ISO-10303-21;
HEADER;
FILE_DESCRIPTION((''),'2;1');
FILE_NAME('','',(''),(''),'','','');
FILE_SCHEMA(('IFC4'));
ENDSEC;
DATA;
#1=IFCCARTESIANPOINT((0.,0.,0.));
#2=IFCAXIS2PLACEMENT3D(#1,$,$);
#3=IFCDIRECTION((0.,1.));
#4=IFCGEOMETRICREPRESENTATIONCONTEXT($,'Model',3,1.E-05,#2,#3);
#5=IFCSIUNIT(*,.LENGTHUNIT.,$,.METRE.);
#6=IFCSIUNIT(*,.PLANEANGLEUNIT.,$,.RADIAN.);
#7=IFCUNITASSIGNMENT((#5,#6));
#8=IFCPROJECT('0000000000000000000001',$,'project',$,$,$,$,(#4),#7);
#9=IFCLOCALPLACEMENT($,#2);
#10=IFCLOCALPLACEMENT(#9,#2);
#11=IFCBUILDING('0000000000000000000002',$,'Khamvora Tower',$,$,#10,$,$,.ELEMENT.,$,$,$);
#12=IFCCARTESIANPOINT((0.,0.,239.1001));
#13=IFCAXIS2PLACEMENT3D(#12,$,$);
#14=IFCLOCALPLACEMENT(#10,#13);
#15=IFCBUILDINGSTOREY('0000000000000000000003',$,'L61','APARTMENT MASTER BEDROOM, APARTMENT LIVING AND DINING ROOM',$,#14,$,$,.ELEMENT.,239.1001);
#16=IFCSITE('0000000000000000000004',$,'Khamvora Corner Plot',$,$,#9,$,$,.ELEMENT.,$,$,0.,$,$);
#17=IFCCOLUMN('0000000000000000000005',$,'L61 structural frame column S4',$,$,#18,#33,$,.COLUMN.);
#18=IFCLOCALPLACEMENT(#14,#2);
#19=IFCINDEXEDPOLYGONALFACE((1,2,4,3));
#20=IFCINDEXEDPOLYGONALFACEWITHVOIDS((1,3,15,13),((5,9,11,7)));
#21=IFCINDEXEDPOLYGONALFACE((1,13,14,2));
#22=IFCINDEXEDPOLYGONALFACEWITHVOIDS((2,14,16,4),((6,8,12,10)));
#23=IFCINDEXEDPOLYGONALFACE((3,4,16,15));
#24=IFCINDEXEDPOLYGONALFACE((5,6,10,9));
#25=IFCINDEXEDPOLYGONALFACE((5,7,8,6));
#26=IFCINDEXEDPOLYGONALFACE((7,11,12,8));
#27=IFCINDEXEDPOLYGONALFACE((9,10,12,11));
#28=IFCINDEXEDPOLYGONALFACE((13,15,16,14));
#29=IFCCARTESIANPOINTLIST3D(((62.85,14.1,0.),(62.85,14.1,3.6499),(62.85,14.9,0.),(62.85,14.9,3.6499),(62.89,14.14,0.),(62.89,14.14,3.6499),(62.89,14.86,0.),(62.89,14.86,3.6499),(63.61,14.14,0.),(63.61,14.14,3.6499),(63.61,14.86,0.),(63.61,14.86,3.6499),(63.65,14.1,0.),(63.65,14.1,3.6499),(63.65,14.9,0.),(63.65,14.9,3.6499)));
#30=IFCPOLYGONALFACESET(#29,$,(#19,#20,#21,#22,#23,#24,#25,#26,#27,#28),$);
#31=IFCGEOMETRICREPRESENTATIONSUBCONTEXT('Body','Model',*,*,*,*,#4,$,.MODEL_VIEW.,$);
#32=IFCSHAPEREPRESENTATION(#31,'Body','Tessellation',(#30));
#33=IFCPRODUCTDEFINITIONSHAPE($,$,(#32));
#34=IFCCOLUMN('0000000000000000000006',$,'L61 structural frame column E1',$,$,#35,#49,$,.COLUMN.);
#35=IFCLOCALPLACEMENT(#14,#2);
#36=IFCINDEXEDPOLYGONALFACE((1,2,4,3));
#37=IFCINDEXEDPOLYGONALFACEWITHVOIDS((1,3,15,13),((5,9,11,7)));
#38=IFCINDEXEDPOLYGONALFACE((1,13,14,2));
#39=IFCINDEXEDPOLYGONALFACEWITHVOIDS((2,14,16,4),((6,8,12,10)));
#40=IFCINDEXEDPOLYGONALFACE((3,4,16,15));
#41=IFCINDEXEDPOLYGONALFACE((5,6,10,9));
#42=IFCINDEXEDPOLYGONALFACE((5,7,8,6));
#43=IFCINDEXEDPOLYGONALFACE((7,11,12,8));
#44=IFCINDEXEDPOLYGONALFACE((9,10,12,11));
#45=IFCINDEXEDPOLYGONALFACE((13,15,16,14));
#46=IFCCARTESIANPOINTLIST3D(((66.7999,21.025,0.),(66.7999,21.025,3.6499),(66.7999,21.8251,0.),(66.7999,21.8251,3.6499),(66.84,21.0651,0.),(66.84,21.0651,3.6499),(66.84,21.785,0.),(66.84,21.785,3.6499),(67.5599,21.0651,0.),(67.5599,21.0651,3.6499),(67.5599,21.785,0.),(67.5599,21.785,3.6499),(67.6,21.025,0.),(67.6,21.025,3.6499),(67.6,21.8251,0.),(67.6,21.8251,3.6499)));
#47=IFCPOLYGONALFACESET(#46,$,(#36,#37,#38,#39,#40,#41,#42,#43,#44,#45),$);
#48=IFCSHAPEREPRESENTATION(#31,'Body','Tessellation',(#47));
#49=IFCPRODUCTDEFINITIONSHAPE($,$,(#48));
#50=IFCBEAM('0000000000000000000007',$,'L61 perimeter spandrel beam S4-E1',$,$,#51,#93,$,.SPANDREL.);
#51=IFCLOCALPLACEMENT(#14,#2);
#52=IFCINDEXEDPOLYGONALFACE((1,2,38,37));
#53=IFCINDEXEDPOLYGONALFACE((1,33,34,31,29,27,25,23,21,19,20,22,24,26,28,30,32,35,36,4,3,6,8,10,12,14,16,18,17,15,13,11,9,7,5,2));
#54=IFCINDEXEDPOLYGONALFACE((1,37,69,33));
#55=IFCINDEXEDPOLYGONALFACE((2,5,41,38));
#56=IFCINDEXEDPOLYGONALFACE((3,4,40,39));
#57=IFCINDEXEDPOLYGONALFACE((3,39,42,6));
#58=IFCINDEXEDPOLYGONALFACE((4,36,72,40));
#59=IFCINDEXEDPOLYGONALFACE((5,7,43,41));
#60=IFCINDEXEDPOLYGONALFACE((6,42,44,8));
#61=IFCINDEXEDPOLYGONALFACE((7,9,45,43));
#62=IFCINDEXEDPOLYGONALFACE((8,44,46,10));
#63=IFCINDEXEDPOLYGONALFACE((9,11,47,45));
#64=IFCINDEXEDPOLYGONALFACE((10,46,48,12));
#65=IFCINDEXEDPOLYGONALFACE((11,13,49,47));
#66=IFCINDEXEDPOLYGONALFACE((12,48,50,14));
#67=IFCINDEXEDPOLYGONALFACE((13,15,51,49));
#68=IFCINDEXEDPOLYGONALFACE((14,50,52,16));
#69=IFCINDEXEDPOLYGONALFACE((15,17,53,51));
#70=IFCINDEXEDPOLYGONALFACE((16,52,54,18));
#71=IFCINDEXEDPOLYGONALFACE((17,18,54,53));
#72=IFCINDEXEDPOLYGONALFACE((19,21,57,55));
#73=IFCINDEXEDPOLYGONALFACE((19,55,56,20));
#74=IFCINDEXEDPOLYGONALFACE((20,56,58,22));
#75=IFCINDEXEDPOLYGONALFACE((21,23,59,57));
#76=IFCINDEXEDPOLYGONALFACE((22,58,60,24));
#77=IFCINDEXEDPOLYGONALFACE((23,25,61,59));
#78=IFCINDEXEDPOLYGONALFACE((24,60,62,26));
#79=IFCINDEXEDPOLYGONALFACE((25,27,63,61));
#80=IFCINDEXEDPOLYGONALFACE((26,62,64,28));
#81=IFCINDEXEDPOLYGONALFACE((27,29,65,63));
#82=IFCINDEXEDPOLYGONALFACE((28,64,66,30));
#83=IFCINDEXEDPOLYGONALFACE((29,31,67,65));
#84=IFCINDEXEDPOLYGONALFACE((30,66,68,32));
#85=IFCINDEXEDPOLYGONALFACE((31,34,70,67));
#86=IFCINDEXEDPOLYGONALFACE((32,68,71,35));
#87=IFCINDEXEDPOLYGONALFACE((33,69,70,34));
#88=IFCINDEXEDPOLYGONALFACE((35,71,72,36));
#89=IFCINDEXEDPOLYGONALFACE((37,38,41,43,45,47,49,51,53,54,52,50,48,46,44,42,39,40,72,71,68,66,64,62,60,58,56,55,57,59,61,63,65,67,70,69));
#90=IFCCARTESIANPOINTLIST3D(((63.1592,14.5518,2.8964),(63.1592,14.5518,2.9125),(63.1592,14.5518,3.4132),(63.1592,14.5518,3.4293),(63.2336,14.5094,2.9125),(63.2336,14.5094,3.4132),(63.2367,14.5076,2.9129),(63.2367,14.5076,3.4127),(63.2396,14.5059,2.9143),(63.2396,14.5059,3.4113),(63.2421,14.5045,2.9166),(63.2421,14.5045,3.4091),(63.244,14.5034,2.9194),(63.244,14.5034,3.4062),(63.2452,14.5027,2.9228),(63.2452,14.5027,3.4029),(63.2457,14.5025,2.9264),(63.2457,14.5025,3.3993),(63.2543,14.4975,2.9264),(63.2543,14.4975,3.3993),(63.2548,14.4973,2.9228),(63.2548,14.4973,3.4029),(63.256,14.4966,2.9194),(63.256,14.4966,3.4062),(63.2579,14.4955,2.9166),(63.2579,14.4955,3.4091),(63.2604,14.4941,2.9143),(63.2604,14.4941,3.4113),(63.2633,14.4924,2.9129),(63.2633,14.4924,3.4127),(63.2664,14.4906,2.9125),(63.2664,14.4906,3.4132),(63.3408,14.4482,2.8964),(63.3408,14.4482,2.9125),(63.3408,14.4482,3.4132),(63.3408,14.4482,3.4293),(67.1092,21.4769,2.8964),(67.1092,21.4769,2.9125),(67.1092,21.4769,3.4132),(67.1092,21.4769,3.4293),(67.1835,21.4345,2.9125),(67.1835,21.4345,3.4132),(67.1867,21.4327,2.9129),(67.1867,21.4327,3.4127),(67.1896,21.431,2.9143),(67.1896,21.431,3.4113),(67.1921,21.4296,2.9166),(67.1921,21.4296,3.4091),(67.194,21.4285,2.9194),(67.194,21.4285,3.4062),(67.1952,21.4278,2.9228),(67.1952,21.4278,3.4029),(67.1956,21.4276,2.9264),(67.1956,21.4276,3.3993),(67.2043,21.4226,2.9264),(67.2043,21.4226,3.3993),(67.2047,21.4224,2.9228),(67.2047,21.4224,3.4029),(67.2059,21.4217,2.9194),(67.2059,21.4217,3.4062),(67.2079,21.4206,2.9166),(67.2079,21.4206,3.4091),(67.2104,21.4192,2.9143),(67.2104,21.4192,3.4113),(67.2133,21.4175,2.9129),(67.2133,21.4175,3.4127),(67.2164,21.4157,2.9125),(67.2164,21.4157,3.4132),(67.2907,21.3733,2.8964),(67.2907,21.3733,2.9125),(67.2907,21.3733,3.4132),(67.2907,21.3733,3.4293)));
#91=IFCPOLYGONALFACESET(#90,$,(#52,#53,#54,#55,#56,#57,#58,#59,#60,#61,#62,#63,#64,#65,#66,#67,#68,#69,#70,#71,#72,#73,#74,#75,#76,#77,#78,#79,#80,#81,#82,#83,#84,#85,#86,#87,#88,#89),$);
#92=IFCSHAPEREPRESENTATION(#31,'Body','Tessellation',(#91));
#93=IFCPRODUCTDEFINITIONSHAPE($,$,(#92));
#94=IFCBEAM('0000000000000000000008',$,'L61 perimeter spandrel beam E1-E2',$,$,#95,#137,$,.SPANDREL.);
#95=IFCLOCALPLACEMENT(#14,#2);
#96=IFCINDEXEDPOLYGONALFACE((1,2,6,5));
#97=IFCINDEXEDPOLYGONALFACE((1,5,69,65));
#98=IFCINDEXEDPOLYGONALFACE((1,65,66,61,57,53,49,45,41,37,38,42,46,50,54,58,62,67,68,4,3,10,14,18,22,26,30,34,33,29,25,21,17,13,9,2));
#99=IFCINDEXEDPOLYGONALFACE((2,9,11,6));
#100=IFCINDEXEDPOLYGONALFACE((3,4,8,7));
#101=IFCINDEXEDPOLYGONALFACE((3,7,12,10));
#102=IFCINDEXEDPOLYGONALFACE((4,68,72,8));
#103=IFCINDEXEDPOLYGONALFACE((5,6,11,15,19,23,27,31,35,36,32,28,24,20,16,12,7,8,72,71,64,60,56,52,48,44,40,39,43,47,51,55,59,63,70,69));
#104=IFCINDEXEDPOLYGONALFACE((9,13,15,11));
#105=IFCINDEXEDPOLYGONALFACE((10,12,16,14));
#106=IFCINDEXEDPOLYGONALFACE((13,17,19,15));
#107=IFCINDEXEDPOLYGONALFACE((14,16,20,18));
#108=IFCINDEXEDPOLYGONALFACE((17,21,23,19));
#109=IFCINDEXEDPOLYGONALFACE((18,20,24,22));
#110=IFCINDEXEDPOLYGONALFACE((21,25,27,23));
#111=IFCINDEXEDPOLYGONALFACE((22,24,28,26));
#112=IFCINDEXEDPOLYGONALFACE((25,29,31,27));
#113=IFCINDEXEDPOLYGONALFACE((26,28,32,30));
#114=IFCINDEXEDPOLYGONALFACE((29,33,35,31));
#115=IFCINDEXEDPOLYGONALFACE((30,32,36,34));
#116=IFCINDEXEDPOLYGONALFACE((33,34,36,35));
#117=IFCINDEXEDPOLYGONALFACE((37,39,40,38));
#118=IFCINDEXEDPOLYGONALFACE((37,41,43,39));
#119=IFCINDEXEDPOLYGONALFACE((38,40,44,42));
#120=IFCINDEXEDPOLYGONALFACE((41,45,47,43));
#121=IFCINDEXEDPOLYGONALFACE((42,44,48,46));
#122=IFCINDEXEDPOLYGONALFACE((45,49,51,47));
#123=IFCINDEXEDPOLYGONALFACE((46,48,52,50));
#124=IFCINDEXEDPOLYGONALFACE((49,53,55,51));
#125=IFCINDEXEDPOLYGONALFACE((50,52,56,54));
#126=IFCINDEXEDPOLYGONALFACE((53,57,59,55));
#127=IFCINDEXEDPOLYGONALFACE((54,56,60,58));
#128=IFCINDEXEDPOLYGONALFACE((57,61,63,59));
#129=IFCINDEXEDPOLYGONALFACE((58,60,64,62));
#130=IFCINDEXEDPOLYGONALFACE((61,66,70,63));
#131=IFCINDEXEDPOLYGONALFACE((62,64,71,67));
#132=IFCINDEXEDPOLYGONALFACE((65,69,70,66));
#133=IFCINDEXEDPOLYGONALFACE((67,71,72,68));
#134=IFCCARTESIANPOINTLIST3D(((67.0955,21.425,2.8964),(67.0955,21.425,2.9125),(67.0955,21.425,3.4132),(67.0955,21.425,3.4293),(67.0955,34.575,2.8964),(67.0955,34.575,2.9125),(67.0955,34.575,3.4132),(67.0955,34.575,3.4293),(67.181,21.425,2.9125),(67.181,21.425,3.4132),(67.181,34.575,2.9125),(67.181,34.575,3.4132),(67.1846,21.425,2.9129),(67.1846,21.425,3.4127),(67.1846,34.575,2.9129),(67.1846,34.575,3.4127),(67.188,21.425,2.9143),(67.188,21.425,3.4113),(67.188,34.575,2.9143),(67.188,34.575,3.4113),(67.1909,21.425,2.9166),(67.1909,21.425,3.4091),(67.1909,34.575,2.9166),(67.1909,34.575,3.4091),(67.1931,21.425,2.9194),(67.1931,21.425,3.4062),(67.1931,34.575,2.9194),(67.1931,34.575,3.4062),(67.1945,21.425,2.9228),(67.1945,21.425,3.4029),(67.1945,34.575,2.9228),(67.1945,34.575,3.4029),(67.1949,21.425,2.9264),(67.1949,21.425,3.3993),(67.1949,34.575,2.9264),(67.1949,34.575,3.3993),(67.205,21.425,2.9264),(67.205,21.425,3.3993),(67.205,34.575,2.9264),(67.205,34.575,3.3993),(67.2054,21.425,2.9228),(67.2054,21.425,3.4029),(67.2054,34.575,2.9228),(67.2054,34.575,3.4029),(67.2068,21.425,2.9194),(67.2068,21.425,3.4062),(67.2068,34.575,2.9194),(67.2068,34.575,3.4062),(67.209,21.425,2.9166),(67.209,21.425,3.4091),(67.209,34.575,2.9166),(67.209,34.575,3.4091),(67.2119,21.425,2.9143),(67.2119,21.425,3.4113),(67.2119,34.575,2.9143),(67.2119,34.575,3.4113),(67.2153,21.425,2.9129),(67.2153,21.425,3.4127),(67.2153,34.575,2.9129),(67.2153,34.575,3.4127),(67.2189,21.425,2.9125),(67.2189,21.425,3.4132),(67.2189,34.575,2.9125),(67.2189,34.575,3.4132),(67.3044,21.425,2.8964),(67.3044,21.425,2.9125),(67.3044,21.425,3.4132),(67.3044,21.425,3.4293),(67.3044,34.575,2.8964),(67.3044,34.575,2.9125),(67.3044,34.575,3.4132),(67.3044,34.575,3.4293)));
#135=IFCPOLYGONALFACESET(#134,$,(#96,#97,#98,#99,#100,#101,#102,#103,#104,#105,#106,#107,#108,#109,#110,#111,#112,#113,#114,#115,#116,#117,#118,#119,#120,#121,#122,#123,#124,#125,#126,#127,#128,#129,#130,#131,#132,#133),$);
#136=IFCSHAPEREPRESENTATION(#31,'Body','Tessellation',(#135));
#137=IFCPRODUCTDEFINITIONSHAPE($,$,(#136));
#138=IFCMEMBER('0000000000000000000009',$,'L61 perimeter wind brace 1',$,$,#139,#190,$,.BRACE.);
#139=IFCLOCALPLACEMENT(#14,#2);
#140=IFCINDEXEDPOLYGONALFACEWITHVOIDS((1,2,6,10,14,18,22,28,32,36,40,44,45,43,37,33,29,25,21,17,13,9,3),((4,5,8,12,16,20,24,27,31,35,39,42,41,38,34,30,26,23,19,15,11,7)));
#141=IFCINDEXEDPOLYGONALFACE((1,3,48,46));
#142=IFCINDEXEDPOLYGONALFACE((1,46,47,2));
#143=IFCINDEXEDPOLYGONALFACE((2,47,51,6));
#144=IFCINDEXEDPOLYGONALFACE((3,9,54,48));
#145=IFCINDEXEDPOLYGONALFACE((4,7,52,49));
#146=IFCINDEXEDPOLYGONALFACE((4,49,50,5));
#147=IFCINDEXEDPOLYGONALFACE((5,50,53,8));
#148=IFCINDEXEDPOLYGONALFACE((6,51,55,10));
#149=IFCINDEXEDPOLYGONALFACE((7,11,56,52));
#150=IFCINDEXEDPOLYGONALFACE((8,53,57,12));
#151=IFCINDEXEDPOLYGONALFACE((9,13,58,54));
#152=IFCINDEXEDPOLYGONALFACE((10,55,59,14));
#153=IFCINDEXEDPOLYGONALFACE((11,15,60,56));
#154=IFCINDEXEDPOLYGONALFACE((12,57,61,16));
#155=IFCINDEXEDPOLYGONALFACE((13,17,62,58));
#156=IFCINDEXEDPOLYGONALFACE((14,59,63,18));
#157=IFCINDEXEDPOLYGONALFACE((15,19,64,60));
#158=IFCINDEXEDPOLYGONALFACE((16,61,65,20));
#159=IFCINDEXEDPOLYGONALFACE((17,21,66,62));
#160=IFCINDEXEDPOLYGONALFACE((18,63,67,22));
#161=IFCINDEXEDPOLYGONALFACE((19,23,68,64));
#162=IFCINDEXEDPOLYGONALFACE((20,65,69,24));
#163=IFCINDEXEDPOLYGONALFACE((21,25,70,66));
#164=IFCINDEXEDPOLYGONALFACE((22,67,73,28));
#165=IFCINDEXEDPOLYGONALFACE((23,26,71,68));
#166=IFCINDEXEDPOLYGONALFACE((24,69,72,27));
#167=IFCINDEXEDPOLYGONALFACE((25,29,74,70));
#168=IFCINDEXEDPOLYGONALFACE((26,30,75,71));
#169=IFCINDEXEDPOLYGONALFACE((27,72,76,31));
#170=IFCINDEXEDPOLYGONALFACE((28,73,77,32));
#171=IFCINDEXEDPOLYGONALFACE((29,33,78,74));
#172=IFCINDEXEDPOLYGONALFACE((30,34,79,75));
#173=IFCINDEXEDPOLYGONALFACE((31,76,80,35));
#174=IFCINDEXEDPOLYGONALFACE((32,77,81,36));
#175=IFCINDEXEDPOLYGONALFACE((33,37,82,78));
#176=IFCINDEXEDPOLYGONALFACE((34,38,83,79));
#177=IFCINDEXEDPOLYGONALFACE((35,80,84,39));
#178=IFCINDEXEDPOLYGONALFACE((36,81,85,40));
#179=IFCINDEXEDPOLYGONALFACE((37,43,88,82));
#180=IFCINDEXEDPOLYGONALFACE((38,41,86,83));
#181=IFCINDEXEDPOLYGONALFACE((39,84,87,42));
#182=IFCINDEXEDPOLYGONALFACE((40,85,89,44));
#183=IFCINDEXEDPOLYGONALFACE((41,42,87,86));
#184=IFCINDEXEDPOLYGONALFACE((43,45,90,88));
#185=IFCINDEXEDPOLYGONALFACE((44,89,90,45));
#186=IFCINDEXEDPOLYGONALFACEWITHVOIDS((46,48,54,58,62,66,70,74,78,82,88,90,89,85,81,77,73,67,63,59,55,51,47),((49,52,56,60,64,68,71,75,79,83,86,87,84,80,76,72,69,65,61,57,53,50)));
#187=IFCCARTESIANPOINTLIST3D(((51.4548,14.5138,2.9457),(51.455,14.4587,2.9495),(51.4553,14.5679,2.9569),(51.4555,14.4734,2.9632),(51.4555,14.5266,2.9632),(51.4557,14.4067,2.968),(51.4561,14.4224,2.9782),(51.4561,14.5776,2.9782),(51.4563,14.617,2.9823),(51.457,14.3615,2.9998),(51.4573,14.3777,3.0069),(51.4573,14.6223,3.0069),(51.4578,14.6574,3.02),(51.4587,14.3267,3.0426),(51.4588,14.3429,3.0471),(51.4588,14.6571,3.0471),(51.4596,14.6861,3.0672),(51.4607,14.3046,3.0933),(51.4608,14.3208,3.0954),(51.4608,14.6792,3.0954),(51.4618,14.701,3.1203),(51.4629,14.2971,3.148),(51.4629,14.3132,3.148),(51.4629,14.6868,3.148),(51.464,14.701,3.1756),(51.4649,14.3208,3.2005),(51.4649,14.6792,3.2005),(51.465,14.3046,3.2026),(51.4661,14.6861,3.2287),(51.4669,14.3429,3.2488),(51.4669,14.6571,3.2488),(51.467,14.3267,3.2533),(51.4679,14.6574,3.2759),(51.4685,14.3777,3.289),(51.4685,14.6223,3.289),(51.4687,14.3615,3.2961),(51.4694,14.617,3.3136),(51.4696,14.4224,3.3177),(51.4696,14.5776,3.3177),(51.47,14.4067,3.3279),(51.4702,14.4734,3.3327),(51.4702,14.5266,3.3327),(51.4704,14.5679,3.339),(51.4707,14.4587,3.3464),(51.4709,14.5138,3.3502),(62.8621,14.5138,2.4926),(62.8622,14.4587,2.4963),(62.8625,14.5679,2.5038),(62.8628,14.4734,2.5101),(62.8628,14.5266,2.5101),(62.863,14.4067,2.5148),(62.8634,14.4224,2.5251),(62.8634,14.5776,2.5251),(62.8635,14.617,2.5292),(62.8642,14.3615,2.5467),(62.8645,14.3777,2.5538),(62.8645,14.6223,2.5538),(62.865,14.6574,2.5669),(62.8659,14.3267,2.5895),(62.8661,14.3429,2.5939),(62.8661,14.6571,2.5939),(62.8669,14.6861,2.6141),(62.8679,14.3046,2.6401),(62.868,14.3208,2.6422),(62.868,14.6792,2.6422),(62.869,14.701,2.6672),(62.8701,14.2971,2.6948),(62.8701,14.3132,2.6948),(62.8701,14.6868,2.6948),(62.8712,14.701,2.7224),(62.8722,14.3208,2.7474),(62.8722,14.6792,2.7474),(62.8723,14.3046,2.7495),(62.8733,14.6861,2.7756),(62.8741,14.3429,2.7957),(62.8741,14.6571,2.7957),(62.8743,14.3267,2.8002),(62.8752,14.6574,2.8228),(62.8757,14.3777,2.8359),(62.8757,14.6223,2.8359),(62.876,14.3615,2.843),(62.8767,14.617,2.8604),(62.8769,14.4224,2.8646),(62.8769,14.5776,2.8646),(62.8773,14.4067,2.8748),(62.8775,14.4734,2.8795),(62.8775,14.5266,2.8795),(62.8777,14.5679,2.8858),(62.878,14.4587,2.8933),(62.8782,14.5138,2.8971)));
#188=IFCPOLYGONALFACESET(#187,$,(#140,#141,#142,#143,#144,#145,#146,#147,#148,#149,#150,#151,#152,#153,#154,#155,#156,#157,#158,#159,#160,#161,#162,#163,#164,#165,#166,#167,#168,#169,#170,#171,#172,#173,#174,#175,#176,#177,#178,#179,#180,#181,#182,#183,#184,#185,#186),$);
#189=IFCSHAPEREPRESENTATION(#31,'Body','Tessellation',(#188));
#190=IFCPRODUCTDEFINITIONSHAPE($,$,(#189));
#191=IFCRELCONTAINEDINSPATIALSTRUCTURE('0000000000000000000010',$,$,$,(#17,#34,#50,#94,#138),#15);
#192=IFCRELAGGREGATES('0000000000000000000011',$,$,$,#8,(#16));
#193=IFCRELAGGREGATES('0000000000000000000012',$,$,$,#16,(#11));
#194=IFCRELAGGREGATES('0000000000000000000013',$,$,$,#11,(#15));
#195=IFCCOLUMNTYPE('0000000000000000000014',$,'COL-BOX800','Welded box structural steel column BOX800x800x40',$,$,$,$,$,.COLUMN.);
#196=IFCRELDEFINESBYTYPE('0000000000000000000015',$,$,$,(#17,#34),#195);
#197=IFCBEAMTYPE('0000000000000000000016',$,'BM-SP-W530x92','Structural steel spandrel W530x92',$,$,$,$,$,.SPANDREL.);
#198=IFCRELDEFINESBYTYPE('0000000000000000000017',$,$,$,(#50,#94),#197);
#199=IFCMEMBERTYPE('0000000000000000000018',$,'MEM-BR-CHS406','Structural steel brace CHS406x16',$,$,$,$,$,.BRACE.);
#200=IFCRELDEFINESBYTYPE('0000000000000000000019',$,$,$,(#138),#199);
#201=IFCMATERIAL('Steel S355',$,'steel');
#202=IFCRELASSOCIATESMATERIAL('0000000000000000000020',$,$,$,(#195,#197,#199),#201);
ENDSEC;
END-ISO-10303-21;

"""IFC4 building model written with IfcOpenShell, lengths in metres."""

from ifc_helpers import new_model, si_unit, direction, frame, origin, origin_2d, place, context, subcontext, project, spatial, hollow_rectangle, hollow_circle, i_section, extrude, material, material_profile, profile_set, type_object, element, save


model = new_model("IFC4")

# Units and contexts
model_context = context("Model", 3, precision=1e-05, world=origin(), true_north=direction((0.0, 1.0)))
body_context = subcontext(model_context, "Body", "Model", "MODEL_VIEW")
ifc_project = project(units=[si_unit("LENGTHUNIT", "METRE"), si_unit("PLANEANGLEUNIT", "RADIAN")], contexts=[model_context])

# Site, building, storey
site_placement = place(None, origin())
site = spatial("IfcSite", under=ifc_project, at=site_placement, Name="Khamvora Corner Plot", CompositionType="ELEMENT", RefElevation=0.0)
building_placement = place(site_placement, origin())
building = spatial("IfcBuilding", under=site, at=building_placement, Name="Khamvora Tower", CompositionType="ELEMENT")
storey_placement = place(building_placement, frame((0.0, 0.0, 239.1001)))
storey = spatial("IfcBuildingStorey", under=building, at=storey_placement, Name="L61", Description="APARTMENT MASTER BEDROOM, APARTMENT LIVING AND DINING ROOM", CompositionType="ELEMENT", Elevation=239.1001)

# Columns
ifc_material_1 = material(Name="Steel S355", Category="steel")
ifc_material_profile_1 = material_profile(ifc_material_1, hollow_rectangle(XDim=0.8, YDim=0.8, WallThickness=0.04, at=origin_2d()), Name="BOX800x800x40")
ifc_profile_set_1 = profile_set([ifc_material_profile_1], Name="Steel S355")
column_type = type_object("IfcColumnType", Name="COL-BOX800", Description="Welded box structural steel column BOX800x800x40", PredefinedType="COLUMN", material=ifc_profile_set_1)
for number, where, z_axis, x_axis, name in (
    (1, (63.25, 14.5, 0.0), (0.0, 0.0, 1.0), (1.0, 0.0, 0.0), "L61 structural frame column S4"),
    (2, (67.2, 21.425, 0.0), (0.0, 0.0, 1.0), (1.0, 0.0, 0.0), "L61 structural frame column E1"),
):
    element("IfcColumn", number, at=place(storey_placement, frame(where, z_axis=z_axis, x_axis=x_axis)), inside=storey, type_object=column_type, Name=name, PredefinedType="COLUMN", context=body_context, shape_type="SweptSolid", body=[
        extrude(hollow_rectangle(XDim=0.8, YDim=0.8, WallThickness=0.04, at=origin_2d()), origin(), (0.0, 0.0, 1.0), 3.6499),
    ])

# Beams
ifc_material_profile_2 = material_profile(ifc_material_1, i_section(OverallWidth=0.209, OverallDepth=0.533, WebThickness=0.01, FlangeThickness=0.0161, FilletRadius=0.0139, at=origin_2d()), Name="W530x92")
ifc_profile_set_2 = profile_set([ifc_material_profile_2], Name="Steel S355")
beam_type = type_object("IfcBeamType", Name="BM-SP-W530x92", Description="Structural steel spandrel W530x92", PredefinedType="SPANDREL", material=ifc_profile_set_2)
beam_1_placement = place(storey_placement, frame((63.25, 14.5, 3.1628), z_axis=(0.495456, 0.868633, 0.0), x_axis=(-0.868633, 0.495456, 0.0)))
element("IfcBeam", 3, at=beam_1_placement, inside=storey, type_object=beam_type, Name="L61 perimeter spandrel beam S4-E1", PredefinedType="SPANDREL", context=body_context, shape_type="SweptSolid", body=[
    extrude(i_section(OverallWidth=0.209, OverallDepth=0.533, WebThickness=0.01, FlangeThickness=0.0161, FilletRadius=0.0139, at=origin_2d()), origin(), (0.0, 0.0, 1.0), 7.9724),
])
beam_2_placement = place(storey_placement, frame((67.2, 21.425, 3.1628), z_axis=(0.0, 1.0, 0.0), x_axis=(-1.0, 0.0, 0.0)))
element("IfcBeam", 4, at=beam_2_placement, inside=storey, type_object=beam_type, Name="L61 perimeter spandrel beam E1-E2", PredefinedType="SPANDREL", context=body_context, shape_type="SweptSolid", body=[
    extrude(i_section(OverallWidth=0.209, OverallDepth=0.533, WebThickness=0.01, FlangeThickness=0.0161, FilletRadius=0.0139, at=origin_2d()), origin(), (0.0, 0.0, 1.0), 13.1499),
])

# Member
ifc_material_profile_3 = material_profile(ifc_material_1, hollow_circle(Radius=0.2029, WallThickness=0.0161, at=origin_2d()), Name="CHS406x16")
ifc_profile_set_3 = profile_set([ifc_material_profile_3], Name="Steel S355")
member_type = type_object("IfcMemberType", Name="MEM-BR-CHS406", Description="Structural steel brace CHS406x16", PredefinedType="BRACE", material=ifc_profile_set_3)
member_placement = place(storey_placement, frame((62.8701, 14.5, 2.6948), z_axis=(-0.999212, 0.0, 0.039691), x_axis=(0.0, -1.0, 0.0)))
element("IfcMember", 5, at=member_placement, inside=storey, type_object=member_type, Name="L61 perimeter wind brace 1", PredefinedType="BRACE", context=body_context, shape_type="SweptSolid", body=[
    extrude(hollow_circle(Radius=0.2029, WallThickness=0.0161, at=origin_2d()), origin(), (0.0, 0.0, 1.0), 11.4163),
])

save(model, "model.ifc")
